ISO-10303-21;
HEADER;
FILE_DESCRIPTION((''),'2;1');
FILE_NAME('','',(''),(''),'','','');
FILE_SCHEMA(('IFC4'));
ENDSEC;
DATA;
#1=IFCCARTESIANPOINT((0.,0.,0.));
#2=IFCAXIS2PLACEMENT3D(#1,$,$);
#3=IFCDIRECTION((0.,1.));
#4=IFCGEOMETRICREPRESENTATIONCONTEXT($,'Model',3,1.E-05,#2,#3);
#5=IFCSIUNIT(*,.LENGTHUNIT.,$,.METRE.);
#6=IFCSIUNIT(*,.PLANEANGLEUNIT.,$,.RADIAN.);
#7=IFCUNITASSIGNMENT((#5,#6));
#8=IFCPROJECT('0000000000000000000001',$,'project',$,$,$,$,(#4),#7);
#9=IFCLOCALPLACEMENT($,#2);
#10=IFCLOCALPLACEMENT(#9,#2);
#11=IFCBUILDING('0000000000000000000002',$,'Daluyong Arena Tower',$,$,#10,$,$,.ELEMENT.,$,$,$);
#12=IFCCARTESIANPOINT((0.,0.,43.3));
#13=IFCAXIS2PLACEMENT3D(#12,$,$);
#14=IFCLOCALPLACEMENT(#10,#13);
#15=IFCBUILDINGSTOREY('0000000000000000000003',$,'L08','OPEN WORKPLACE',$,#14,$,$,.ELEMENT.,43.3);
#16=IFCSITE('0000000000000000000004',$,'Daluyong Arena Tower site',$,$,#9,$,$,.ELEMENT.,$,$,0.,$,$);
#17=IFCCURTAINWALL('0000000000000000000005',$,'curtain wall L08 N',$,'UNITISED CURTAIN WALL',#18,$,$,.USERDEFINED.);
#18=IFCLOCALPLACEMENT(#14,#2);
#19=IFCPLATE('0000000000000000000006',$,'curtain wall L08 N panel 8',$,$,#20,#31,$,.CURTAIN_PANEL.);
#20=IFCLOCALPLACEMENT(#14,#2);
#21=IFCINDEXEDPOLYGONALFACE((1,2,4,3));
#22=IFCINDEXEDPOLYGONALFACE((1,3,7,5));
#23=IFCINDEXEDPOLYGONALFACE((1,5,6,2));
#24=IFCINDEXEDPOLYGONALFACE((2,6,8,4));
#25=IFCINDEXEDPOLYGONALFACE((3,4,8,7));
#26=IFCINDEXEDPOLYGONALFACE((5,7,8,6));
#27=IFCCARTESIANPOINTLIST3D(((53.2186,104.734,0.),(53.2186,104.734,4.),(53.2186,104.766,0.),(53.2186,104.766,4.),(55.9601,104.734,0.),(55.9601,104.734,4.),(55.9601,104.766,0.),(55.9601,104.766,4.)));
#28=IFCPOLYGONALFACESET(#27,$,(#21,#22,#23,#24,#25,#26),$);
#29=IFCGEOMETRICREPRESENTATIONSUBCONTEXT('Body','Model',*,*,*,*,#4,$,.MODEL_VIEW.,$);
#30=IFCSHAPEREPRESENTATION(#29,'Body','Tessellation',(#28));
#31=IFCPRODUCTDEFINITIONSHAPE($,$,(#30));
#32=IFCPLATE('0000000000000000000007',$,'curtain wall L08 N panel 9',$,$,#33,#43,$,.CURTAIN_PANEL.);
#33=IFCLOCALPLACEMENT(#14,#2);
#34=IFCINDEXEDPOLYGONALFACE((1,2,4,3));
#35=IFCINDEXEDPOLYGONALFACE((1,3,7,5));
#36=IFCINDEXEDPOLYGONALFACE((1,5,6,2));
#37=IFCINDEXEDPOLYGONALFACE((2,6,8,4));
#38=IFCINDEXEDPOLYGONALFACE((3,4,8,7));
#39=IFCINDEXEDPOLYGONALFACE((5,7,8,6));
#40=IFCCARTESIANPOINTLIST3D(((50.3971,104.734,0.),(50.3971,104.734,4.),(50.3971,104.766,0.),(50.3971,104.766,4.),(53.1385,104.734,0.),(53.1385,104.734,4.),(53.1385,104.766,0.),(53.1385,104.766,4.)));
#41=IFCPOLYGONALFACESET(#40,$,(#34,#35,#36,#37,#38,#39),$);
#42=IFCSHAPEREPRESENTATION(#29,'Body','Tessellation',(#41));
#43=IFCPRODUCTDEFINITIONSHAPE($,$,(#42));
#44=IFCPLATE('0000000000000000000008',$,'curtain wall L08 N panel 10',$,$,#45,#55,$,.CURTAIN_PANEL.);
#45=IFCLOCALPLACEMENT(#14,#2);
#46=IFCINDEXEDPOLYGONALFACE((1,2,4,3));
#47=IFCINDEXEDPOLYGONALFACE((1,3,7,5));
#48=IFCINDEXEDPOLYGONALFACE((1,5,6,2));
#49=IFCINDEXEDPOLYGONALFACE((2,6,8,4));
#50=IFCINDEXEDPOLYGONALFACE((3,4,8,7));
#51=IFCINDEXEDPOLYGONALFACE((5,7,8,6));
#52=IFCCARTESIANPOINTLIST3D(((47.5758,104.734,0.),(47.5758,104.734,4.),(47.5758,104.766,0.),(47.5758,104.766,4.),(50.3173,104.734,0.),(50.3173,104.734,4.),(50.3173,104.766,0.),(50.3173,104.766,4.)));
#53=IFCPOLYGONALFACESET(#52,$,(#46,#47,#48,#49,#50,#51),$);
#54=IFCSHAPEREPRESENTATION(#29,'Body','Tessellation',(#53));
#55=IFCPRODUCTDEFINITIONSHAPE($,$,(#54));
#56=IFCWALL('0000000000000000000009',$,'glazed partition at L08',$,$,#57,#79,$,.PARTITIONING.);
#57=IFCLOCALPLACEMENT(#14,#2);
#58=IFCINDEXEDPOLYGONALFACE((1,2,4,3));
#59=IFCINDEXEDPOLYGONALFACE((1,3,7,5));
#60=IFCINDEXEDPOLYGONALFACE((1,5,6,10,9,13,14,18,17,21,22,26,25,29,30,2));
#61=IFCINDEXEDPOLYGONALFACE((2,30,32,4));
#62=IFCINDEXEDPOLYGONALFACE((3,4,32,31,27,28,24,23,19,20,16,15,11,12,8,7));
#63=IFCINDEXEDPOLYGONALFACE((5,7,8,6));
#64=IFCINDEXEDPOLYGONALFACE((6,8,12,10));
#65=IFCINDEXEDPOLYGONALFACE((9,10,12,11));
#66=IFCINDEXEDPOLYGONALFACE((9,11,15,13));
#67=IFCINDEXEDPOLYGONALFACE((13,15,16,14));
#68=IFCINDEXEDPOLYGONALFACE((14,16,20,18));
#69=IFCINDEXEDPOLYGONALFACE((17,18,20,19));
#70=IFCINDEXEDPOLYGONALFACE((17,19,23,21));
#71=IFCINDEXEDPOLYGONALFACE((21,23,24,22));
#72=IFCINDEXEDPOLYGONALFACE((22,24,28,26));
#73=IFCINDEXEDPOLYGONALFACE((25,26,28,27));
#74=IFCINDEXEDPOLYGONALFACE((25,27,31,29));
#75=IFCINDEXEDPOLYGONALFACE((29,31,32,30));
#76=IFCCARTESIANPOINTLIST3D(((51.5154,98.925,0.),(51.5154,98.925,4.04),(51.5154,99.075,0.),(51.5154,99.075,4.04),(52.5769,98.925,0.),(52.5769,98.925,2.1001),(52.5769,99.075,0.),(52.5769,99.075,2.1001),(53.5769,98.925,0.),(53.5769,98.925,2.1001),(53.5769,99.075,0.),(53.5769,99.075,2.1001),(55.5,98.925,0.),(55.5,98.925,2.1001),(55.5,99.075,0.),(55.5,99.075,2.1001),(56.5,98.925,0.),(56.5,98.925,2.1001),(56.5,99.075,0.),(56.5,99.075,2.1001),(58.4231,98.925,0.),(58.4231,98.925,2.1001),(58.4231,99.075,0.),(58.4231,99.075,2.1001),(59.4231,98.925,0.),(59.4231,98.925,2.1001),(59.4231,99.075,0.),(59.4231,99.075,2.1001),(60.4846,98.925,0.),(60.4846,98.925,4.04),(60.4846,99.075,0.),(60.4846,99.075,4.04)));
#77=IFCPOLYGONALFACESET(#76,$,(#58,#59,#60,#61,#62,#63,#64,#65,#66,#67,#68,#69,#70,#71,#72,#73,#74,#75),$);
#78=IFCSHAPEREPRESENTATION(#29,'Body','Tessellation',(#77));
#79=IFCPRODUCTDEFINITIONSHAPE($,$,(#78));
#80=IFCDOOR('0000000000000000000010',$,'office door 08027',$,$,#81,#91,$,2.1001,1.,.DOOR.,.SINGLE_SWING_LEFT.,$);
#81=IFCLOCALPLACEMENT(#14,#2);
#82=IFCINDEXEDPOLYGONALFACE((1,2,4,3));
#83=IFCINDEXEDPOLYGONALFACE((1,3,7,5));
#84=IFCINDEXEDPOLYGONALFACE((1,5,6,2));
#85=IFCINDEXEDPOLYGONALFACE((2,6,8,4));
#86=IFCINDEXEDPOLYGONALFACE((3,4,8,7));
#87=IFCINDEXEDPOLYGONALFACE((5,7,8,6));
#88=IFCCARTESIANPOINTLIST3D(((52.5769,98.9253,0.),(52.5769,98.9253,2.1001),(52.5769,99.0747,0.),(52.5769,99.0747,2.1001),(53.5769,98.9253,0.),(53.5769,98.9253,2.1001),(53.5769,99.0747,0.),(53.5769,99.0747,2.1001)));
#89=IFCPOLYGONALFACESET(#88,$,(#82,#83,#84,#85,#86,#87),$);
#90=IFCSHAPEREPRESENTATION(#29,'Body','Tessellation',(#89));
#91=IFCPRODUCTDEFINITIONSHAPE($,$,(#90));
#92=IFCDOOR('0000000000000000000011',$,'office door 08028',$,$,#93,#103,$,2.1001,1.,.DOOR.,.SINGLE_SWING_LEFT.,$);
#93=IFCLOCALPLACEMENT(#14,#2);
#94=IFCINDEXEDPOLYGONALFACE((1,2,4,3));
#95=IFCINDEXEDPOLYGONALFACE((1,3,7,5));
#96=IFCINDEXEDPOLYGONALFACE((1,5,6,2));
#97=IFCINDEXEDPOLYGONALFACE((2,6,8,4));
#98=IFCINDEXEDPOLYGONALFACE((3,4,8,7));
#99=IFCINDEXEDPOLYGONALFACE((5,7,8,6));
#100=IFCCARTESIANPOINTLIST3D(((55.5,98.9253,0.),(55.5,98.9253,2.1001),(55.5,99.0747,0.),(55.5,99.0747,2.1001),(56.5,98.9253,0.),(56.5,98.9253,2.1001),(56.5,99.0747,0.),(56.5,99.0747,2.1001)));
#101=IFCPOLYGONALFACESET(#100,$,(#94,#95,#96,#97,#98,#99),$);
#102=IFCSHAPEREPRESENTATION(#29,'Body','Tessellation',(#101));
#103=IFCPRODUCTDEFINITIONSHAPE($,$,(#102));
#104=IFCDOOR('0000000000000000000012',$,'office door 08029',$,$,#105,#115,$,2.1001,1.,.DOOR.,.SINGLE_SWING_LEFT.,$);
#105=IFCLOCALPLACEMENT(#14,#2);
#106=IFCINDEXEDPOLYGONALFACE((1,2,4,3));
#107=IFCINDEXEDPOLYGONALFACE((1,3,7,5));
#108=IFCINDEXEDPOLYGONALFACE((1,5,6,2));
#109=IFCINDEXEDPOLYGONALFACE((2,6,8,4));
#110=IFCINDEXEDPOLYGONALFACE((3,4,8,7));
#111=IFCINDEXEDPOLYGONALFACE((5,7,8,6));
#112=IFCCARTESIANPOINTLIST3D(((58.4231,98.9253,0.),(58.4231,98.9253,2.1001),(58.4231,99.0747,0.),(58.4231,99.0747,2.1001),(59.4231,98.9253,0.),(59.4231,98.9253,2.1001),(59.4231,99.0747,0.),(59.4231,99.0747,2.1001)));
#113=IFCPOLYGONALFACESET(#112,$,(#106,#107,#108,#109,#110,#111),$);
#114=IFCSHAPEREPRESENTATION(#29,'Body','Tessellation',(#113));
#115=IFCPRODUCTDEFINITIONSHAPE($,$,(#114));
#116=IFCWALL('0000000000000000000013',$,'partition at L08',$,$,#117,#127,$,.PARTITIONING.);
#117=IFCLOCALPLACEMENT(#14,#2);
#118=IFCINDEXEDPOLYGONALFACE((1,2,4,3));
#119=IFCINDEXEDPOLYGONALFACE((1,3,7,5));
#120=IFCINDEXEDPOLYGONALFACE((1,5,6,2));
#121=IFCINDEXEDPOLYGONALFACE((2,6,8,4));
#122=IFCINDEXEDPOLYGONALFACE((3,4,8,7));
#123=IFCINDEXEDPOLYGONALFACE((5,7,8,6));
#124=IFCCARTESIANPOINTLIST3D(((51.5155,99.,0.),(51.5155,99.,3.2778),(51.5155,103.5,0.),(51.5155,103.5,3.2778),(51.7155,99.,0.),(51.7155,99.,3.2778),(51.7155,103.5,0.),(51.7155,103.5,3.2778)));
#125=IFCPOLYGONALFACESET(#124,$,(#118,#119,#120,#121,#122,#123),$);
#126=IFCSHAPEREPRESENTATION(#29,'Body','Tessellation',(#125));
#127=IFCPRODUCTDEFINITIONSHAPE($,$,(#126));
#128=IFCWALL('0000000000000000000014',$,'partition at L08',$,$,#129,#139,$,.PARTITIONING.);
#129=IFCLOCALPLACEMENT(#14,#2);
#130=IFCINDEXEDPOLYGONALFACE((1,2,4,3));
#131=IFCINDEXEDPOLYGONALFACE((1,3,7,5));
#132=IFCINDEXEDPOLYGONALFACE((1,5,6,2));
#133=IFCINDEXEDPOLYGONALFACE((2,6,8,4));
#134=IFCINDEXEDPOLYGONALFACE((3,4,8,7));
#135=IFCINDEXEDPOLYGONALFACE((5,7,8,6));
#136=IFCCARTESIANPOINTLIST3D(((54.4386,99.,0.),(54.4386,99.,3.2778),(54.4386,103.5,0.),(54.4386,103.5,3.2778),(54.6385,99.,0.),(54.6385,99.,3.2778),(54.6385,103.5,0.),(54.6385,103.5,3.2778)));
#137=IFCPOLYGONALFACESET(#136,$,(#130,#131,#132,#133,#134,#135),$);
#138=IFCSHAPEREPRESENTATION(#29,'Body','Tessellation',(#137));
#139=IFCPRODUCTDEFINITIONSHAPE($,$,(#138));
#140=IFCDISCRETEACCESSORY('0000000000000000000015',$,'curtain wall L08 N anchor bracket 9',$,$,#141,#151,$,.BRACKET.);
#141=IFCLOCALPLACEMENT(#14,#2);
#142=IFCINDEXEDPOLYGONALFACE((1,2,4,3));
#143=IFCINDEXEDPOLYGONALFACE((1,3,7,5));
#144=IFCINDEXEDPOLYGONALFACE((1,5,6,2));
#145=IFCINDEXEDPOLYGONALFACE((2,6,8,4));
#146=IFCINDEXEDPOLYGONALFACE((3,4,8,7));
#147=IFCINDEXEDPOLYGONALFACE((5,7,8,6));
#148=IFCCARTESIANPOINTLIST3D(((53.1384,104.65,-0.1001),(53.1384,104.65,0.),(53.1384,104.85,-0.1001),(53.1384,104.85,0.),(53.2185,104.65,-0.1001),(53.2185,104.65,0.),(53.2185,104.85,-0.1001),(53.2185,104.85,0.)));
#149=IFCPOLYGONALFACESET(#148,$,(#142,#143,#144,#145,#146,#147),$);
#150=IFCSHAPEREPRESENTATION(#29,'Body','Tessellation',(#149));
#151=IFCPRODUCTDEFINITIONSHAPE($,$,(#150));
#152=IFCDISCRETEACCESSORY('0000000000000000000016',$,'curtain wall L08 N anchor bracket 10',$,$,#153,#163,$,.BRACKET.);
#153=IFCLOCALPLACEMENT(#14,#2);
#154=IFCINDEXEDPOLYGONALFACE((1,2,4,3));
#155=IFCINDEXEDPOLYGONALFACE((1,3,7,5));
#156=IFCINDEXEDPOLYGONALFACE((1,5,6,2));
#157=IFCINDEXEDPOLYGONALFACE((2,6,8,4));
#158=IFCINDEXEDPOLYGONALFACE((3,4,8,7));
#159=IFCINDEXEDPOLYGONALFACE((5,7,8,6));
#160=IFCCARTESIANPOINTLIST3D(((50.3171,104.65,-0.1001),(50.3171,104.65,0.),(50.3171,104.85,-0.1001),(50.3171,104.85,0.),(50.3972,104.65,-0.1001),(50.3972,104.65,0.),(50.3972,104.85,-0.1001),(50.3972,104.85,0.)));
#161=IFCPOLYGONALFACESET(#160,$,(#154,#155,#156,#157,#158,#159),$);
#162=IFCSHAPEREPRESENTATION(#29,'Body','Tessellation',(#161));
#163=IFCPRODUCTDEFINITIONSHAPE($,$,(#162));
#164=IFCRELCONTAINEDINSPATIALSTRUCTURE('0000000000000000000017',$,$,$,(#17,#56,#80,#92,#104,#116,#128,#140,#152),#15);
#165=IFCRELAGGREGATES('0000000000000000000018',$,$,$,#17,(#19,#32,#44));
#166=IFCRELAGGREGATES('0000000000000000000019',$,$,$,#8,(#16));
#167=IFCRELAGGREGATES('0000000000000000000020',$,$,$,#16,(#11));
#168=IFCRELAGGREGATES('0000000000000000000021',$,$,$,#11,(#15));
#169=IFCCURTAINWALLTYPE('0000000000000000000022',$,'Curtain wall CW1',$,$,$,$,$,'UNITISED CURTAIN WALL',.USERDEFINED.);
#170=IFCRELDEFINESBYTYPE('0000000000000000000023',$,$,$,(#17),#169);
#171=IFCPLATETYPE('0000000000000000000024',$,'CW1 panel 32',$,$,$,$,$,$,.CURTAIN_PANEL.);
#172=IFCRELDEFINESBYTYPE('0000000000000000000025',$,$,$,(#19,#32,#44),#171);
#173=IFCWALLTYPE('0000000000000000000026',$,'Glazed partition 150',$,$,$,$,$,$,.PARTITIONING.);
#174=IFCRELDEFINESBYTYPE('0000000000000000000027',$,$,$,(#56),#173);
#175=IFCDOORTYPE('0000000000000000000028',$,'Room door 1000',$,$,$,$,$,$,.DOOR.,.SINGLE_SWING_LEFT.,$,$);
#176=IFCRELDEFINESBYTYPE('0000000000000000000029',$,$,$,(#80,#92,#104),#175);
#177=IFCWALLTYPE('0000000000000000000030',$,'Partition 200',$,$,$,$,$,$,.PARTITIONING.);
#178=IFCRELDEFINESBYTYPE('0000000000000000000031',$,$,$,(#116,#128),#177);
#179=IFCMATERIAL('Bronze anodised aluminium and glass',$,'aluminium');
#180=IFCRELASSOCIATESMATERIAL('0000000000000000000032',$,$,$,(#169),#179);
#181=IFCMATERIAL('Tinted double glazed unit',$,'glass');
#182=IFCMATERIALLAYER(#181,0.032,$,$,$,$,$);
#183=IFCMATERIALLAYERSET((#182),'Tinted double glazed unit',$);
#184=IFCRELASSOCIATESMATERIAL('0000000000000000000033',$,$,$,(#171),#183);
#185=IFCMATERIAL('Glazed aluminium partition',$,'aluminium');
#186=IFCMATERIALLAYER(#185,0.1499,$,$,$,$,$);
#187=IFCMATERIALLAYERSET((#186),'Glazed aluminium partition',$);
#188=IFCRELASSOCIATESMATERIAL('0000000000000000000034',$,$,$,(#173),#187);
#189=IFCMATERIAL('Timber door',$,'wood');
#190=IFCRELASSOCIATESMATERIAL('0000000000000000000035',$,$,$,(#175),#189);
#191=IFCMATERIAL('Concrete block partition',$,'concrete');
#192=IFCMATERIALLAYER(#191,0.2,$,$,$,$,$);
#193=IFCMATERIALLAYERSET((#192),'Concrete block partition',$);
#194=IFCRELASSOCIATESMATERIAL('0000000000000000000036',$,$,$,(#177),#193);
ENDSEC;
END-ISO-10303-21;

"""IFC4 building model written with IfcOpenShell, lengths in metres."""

from ifc_helpers import new_model, si_unit, direction, frame, frame_2d, origin, origin_2d, place, context, subcontext, project, spatial, rectangle, extrude, material, layer, layer_set, type_object, element, fill, aggregate, save


model = new_model("IFC4")

# Units and contexts
model_context = context("Model", 3, precision=1e-05, world=origin(), true_north=direction((0.0, 1.0)))
body_context = subcontext(model_context, "Body", "Model", "MODEL_VIEW")
ifc_project = project(units=[si_unit("LENGTHUNIT", "METRE"), si_unit("PLANEANGLEUNIT", "RADIAN")], contexts=[model_context])

# Site, building, storey
site_placement = place(None, origin())
site = spatial("IfcSite", under=ifc_project, at=site_placement, Name="Daluyong Arena Tower site", CompositionType="ELEMENT", RefElevation=0.0)
building_placement = place(site_placement, origin())
building = spatial("IfcBuilding", under=site, at=building_placement, Name="Daluyong Arena Tower", CompositionType="ELEMENT")
storey_placement = place(building_placement, frame((0.0, 0.0, 43.3)))
storey = spatial("IfcBuildingStorey", under=building, at=storey_placement, Name="L08", Description="OPEN WORKPLACE", CompositionType="ELEMENT", Elevation=43.3)

# Curtain wall
ifc_material_1 = material(Name="Bronze anodised aluminium and glass", Category="aluminium")
curtain_wall_type = type_object("IfcCurtainWallType", Name="Curtain wall CW1", ElementType="UNITISED CURTAIN WALL", PredefinedType="USERDEFINED", material=ifc_material_1)
curtain_wall_placement = place(storey_placement, origin())
curtain_wall = element("IfcCurtainWall", 1, at=curtain_wall_placement, inside=storey, type_object=curtain_wall_type, Name="curtain wall L08 N", ObjectType="UNITISED CURTAIN WALL", PredefinedType="USERDEFINED")

# Plates
ifc_material_2 = material(Name="Tinted double glazed unit", Category="glass")
ifc_layer_1 = layer(ifc_material_2, 0.032)
ifc_layer_set_1 = layer_set([ifc_layer_1], Name="Tinted double glazed unit")
plate_type = type_object("IfcPlateType", Name="CW1 panel 32", PredefinedType="CURTAIN_PANEL", material=ifc_layer_set_1)
plate_1_placement = place(storey_placement, frame((54.5894, 104.75, 0.0), z_axis=(0.0, 0.0, 1.0), x_axis=(-1.0, 0.0, 0.0)))
plate_1 = element("IfcPlate", 2, at=plate_1_placement, type_object=plate_type, Name="curtain wall L08 N panel 8", PredefinedType="CURTAIN_PANEL", context=body_context, shape_type="SweptSolid", body=[
    extrude(rectangle(XDim=2.7415, YDim=0.032, at=origin_2d()), origin(), (0.0, 0.0, 1.0), 4.0),
])
plate_2_placement = place(storey_placement, frame((51.7678, 104.75, 0.0), z_axis=(0.0, 0.0, 1.0), x_axis=(-1.0, 0.0, 0.0)))
plate_2 = element("IfcPlate", 3, at=plate_2_placement, type_object=plate_type, Name="curtain wall L08 N panel 9", PredefinedType="CURTAIN_PANEL", context=body_context, shape_type="SweptSolid", body=[
    extrude(rectangle(XDim=2.7415, YDim=0.032, at=origin_2d()), origin(), (0.0, 0.0, 1.0), 4.0),
])
plate_3_placement = place(storey_placement, frame((48.9465, 104.75, 0.0), z_axis=(0.0, 0.0, 1.0), x_axis=(-1.0, 0.0, 0.0)))
plate_3 = element("IfcPlate", 4, at=plate_3_placement, type_object=plate_type, Name="curtain wall L08 N panel 10", PredefinedType="CURTAIN_PANEL", context=body_context, shape_type="SweptSolid", body=[
    extrude(rectangle(XDim=2.7415, YDim=0.032, at=origin_2d()), origin(), (0.0, 0.0, 1.0), 4.0),
])
aggregate(curtain_wall, [plate_1, plate_2, plate_3])

# Wall, openings, doors
ifc_material_3 = material(Name="Glazed aluminium partition", Category="aluminium")
ifc_layer_2 = layer(ifc_material_3, 0.1499)
ifc_layer_set_2 = layer_set([ifc_layer_2], Name="Glazed aluminium partition")
wall_type_1 = type_object("IfcWallType", Name="Glazed partition 150", PredefinedType="PARTITIONING", material=ifc_layer_set_2)
wall_placement = place(storey_placement, frame((51.5154, 99.0, 0.0), z_axis=(0.0, 0.0, 1.0), x_axis=(1.0, 0.0, 0.0)))
wall = element("IfcWall", 5, at=wall_placement, inside=storey, type_object=wall_type_1, Name="glazed partition at L08", PredefinedType="PARTITIONING", context=body_context, shape_type="SweptSolid", body=[
    extrude(rectangle(XDim=8.9692, YDim=0.1499, at=frame_2d((4.4846, 0.0))), origin(), (0.0, 0.0, 1.0), 4.04),
])
opening_1_placement = place(wall_placement, frame((1.0615, 0.0, 0.0)))
opening_1 = element("IfcOpeningElement", 6, at=opening_1_placement, cuts=wall, PredefinedType="OPENING", context=body_context, shape_type="SweptSolid", body=[
    extrude(rectangle(XDim=1.0, YDim=2.1001, at=frame_2d((0.5, 1.05))), frame((0.0, 0.085, 0.0), z_axis=(0.0, -1.0, 0.0), x_axis=(1.0, 0.0, 0.0)), (0.0, 0.0, 1.0), 0.1699),
])
opening_2_placement = place(wall_placement, frame((3.9846, 0.0, 0.0)))
opening_2 = element("IfcOpeningElement", 7, at=opening_2_placement, cuts=wall, PredefinedType="OPENING", context=body_context, shape_type="SweptSolid", body=[
    extrude(rectangle(XDim=1.0, YDim=2.1001, at=frame_2d((0.5, 1.05))), frame((0.0, 0.085, 0.0), z_axis=(0.0, -1.0, 0.0), x_axis=(1.0, 0.0, 0.0)), (0.0, 0.0, 1.0), 0.1699),
])
opening_3_placement = place(wall_placement, frame((6.9077, 0.0, 0.0)))
opening_3 = element("IfcOpeningElement", 8, at=opening_3_placement, cuts=wall, PredefinedType="OPENING", context=body_context, shape_type="SweptSolid", body=[
    extrude(rectangle(XDim=1.0, YDim=2.1001, at=frame_2d((0.5, 1.05))), frame((0.0, 0.085, 0.0), z_axis=(0.0, -1.0, 0.0), x_axis=(1.0, 0.0, 0.0)), (0.0, 0.0, 1.0), 0.1699),
])
ifc_material_4 = material(Name="Timber door", Category="wood")
door_type = type_object("IfcDoorType", Name="Room door 1000", OperationType="SINGLE_SWING_LEFT", PredefinedType="DOOR", material=ifc_material_4)
door_1_placement = place(opening_1_placement, origin())
door_1 = element("IfcDoor", 9, at=door_1_placement, inside=storey, type_object=door_type, Name="office door 08027", OperationType="SINGLE_SWING_LEFT", OverallHeight=2.1001, OverallWidth=1.0, PredefinedType="DOOR", context=body_context, shape_type="SweptSolid", body=[
    extrude(rectangle(XDim=1.0, YDim=2.1001, at=frame_2d((0.5, 1.05))), frame((0.0, 0.0747, 0.0), z_axis=(0.0, -1.0, 0.0), x_axis=(1.0, 0.0, 0.0)), (0.0, 0.0, 1.0), 0.1494),
])
fill(opening_1, door_1)
door_2_placement = place(opening_2_placement, origin())
door_2 = element("IfcDoor", 10, at=door_2_placement, inside=storey, type_object=door_type, Name="office door 08028", OperationType="SINGLE_SWING_LEFT", OverallHeight=2.1001, OverallWidth=1.0, PredefinedType="DOOR", context=body_context, shape_type="SweptSolid", body=[
    extrude(rectangle(XDim=1.0, YDim=2.1001, at=frame_2d((0.5, 1.05))), frame((0.0, 0.0747, 0.0), z_axis=(0.0, -1.0, 0.0), x_axis=(1.0, 0.0, 0.0)), (0.0, 0.0, 1.0), 0.1494),
])
fill(opening_2, door_2)
door_3_placement = place(opening_3_placement, origin())
door_3 = element("IfcDoor", 11, at=door_3_placement, inside=storey, type_object=door_type, Name="office door 08029", OperationType="SINGLE_SWING_LEFT", OverallHeight=2.1001, OverallWidth=1.0, PredefinedType="DOOR", context=body_context, shape_type="SweptSolid", body=[
    extrude(rectangle(XDim=1.0, YDim=2.1001, at=frame_2d((0.5, 1.05))), frame((0.0, 0.0747, 0.0), z_axis=(0.0, -1.0, 0.0), x_axis=(1.0, 0.0, 0.0)), (0.0, 0.0, 1.0), 0.1494),
])
fill(opening_3, door_3)

# Walls
ifc_material_5 = material(Name="Concrete block partition", Category="concrete")
ifc_layer_3 = layer(ifc_material_5, 0.2)
ifc_layer_set_3 = layer_set([ifc_layer_3], Name="Concrete block partition")
wall_type_2 = type_object("IfcWallType", Name="Partition 200", PredefinedType="PARTITIONING", material=ifc_layer_set_3)
for number, where, z_axis, x_axis, name in (
    (12, (51.6155, 99.0, 0.0), (0.0, 0.0, 1.0), (0.0, 1.0, 0.0), "partition at L08"),
    (13, (54.5386, 99.0, 0.0), (0.0, 0.0, 1.0), (0.0, 1.0, 0.0), "partition at L08"),
):
    element("IfcWall", number, at=place(storey_placement, frame(where, z_axis=z_axis, x_axis=x_axis)), inside=storey, type_object=wall_type_2, Name=name, PredefinedType="PARTITIONING", context=body_context, shape_type="SweptSolid", body=[
        extrude(rectangle(XDim=4.5, YDim=0.2, at=frame_2d((2.25, 0.0))), origin(), (0.0, 0.0, 1.0), 3.2778),
    ])

# Discrete accessories
for number, where, z_axis, x_axis, name in (
    (14, (53.1785, 104.75, -0.1001), (0.0, 0.0, 1.0), (-1.0, 0.0, 0.0), "curtain wall L08 N anchor bracket 9"),
    (15, (50.3572, 104.75, -0.1001), (0.0, 0.0, 1.0), (-1.0, 0.0, 0.0), "curtain wall L08 N anchor bracket 10"),
):
    element("IfcDiscreteAccessory", number, at=place(storey_placement, frame(where, z_axis=z_axis, x_axis=x_axis)), inside=storey, Name=name, PredefinedType="BRACKET", context=body_context, shape_type="SweptSolid", body=[
        extrude(rectangle(XDim=0.0801, YDim=0.2, at=origin_2d()), origin(), (0.0, 0.0, 1.0), 0.1001),
    ])

save(model, "model.ifc")
